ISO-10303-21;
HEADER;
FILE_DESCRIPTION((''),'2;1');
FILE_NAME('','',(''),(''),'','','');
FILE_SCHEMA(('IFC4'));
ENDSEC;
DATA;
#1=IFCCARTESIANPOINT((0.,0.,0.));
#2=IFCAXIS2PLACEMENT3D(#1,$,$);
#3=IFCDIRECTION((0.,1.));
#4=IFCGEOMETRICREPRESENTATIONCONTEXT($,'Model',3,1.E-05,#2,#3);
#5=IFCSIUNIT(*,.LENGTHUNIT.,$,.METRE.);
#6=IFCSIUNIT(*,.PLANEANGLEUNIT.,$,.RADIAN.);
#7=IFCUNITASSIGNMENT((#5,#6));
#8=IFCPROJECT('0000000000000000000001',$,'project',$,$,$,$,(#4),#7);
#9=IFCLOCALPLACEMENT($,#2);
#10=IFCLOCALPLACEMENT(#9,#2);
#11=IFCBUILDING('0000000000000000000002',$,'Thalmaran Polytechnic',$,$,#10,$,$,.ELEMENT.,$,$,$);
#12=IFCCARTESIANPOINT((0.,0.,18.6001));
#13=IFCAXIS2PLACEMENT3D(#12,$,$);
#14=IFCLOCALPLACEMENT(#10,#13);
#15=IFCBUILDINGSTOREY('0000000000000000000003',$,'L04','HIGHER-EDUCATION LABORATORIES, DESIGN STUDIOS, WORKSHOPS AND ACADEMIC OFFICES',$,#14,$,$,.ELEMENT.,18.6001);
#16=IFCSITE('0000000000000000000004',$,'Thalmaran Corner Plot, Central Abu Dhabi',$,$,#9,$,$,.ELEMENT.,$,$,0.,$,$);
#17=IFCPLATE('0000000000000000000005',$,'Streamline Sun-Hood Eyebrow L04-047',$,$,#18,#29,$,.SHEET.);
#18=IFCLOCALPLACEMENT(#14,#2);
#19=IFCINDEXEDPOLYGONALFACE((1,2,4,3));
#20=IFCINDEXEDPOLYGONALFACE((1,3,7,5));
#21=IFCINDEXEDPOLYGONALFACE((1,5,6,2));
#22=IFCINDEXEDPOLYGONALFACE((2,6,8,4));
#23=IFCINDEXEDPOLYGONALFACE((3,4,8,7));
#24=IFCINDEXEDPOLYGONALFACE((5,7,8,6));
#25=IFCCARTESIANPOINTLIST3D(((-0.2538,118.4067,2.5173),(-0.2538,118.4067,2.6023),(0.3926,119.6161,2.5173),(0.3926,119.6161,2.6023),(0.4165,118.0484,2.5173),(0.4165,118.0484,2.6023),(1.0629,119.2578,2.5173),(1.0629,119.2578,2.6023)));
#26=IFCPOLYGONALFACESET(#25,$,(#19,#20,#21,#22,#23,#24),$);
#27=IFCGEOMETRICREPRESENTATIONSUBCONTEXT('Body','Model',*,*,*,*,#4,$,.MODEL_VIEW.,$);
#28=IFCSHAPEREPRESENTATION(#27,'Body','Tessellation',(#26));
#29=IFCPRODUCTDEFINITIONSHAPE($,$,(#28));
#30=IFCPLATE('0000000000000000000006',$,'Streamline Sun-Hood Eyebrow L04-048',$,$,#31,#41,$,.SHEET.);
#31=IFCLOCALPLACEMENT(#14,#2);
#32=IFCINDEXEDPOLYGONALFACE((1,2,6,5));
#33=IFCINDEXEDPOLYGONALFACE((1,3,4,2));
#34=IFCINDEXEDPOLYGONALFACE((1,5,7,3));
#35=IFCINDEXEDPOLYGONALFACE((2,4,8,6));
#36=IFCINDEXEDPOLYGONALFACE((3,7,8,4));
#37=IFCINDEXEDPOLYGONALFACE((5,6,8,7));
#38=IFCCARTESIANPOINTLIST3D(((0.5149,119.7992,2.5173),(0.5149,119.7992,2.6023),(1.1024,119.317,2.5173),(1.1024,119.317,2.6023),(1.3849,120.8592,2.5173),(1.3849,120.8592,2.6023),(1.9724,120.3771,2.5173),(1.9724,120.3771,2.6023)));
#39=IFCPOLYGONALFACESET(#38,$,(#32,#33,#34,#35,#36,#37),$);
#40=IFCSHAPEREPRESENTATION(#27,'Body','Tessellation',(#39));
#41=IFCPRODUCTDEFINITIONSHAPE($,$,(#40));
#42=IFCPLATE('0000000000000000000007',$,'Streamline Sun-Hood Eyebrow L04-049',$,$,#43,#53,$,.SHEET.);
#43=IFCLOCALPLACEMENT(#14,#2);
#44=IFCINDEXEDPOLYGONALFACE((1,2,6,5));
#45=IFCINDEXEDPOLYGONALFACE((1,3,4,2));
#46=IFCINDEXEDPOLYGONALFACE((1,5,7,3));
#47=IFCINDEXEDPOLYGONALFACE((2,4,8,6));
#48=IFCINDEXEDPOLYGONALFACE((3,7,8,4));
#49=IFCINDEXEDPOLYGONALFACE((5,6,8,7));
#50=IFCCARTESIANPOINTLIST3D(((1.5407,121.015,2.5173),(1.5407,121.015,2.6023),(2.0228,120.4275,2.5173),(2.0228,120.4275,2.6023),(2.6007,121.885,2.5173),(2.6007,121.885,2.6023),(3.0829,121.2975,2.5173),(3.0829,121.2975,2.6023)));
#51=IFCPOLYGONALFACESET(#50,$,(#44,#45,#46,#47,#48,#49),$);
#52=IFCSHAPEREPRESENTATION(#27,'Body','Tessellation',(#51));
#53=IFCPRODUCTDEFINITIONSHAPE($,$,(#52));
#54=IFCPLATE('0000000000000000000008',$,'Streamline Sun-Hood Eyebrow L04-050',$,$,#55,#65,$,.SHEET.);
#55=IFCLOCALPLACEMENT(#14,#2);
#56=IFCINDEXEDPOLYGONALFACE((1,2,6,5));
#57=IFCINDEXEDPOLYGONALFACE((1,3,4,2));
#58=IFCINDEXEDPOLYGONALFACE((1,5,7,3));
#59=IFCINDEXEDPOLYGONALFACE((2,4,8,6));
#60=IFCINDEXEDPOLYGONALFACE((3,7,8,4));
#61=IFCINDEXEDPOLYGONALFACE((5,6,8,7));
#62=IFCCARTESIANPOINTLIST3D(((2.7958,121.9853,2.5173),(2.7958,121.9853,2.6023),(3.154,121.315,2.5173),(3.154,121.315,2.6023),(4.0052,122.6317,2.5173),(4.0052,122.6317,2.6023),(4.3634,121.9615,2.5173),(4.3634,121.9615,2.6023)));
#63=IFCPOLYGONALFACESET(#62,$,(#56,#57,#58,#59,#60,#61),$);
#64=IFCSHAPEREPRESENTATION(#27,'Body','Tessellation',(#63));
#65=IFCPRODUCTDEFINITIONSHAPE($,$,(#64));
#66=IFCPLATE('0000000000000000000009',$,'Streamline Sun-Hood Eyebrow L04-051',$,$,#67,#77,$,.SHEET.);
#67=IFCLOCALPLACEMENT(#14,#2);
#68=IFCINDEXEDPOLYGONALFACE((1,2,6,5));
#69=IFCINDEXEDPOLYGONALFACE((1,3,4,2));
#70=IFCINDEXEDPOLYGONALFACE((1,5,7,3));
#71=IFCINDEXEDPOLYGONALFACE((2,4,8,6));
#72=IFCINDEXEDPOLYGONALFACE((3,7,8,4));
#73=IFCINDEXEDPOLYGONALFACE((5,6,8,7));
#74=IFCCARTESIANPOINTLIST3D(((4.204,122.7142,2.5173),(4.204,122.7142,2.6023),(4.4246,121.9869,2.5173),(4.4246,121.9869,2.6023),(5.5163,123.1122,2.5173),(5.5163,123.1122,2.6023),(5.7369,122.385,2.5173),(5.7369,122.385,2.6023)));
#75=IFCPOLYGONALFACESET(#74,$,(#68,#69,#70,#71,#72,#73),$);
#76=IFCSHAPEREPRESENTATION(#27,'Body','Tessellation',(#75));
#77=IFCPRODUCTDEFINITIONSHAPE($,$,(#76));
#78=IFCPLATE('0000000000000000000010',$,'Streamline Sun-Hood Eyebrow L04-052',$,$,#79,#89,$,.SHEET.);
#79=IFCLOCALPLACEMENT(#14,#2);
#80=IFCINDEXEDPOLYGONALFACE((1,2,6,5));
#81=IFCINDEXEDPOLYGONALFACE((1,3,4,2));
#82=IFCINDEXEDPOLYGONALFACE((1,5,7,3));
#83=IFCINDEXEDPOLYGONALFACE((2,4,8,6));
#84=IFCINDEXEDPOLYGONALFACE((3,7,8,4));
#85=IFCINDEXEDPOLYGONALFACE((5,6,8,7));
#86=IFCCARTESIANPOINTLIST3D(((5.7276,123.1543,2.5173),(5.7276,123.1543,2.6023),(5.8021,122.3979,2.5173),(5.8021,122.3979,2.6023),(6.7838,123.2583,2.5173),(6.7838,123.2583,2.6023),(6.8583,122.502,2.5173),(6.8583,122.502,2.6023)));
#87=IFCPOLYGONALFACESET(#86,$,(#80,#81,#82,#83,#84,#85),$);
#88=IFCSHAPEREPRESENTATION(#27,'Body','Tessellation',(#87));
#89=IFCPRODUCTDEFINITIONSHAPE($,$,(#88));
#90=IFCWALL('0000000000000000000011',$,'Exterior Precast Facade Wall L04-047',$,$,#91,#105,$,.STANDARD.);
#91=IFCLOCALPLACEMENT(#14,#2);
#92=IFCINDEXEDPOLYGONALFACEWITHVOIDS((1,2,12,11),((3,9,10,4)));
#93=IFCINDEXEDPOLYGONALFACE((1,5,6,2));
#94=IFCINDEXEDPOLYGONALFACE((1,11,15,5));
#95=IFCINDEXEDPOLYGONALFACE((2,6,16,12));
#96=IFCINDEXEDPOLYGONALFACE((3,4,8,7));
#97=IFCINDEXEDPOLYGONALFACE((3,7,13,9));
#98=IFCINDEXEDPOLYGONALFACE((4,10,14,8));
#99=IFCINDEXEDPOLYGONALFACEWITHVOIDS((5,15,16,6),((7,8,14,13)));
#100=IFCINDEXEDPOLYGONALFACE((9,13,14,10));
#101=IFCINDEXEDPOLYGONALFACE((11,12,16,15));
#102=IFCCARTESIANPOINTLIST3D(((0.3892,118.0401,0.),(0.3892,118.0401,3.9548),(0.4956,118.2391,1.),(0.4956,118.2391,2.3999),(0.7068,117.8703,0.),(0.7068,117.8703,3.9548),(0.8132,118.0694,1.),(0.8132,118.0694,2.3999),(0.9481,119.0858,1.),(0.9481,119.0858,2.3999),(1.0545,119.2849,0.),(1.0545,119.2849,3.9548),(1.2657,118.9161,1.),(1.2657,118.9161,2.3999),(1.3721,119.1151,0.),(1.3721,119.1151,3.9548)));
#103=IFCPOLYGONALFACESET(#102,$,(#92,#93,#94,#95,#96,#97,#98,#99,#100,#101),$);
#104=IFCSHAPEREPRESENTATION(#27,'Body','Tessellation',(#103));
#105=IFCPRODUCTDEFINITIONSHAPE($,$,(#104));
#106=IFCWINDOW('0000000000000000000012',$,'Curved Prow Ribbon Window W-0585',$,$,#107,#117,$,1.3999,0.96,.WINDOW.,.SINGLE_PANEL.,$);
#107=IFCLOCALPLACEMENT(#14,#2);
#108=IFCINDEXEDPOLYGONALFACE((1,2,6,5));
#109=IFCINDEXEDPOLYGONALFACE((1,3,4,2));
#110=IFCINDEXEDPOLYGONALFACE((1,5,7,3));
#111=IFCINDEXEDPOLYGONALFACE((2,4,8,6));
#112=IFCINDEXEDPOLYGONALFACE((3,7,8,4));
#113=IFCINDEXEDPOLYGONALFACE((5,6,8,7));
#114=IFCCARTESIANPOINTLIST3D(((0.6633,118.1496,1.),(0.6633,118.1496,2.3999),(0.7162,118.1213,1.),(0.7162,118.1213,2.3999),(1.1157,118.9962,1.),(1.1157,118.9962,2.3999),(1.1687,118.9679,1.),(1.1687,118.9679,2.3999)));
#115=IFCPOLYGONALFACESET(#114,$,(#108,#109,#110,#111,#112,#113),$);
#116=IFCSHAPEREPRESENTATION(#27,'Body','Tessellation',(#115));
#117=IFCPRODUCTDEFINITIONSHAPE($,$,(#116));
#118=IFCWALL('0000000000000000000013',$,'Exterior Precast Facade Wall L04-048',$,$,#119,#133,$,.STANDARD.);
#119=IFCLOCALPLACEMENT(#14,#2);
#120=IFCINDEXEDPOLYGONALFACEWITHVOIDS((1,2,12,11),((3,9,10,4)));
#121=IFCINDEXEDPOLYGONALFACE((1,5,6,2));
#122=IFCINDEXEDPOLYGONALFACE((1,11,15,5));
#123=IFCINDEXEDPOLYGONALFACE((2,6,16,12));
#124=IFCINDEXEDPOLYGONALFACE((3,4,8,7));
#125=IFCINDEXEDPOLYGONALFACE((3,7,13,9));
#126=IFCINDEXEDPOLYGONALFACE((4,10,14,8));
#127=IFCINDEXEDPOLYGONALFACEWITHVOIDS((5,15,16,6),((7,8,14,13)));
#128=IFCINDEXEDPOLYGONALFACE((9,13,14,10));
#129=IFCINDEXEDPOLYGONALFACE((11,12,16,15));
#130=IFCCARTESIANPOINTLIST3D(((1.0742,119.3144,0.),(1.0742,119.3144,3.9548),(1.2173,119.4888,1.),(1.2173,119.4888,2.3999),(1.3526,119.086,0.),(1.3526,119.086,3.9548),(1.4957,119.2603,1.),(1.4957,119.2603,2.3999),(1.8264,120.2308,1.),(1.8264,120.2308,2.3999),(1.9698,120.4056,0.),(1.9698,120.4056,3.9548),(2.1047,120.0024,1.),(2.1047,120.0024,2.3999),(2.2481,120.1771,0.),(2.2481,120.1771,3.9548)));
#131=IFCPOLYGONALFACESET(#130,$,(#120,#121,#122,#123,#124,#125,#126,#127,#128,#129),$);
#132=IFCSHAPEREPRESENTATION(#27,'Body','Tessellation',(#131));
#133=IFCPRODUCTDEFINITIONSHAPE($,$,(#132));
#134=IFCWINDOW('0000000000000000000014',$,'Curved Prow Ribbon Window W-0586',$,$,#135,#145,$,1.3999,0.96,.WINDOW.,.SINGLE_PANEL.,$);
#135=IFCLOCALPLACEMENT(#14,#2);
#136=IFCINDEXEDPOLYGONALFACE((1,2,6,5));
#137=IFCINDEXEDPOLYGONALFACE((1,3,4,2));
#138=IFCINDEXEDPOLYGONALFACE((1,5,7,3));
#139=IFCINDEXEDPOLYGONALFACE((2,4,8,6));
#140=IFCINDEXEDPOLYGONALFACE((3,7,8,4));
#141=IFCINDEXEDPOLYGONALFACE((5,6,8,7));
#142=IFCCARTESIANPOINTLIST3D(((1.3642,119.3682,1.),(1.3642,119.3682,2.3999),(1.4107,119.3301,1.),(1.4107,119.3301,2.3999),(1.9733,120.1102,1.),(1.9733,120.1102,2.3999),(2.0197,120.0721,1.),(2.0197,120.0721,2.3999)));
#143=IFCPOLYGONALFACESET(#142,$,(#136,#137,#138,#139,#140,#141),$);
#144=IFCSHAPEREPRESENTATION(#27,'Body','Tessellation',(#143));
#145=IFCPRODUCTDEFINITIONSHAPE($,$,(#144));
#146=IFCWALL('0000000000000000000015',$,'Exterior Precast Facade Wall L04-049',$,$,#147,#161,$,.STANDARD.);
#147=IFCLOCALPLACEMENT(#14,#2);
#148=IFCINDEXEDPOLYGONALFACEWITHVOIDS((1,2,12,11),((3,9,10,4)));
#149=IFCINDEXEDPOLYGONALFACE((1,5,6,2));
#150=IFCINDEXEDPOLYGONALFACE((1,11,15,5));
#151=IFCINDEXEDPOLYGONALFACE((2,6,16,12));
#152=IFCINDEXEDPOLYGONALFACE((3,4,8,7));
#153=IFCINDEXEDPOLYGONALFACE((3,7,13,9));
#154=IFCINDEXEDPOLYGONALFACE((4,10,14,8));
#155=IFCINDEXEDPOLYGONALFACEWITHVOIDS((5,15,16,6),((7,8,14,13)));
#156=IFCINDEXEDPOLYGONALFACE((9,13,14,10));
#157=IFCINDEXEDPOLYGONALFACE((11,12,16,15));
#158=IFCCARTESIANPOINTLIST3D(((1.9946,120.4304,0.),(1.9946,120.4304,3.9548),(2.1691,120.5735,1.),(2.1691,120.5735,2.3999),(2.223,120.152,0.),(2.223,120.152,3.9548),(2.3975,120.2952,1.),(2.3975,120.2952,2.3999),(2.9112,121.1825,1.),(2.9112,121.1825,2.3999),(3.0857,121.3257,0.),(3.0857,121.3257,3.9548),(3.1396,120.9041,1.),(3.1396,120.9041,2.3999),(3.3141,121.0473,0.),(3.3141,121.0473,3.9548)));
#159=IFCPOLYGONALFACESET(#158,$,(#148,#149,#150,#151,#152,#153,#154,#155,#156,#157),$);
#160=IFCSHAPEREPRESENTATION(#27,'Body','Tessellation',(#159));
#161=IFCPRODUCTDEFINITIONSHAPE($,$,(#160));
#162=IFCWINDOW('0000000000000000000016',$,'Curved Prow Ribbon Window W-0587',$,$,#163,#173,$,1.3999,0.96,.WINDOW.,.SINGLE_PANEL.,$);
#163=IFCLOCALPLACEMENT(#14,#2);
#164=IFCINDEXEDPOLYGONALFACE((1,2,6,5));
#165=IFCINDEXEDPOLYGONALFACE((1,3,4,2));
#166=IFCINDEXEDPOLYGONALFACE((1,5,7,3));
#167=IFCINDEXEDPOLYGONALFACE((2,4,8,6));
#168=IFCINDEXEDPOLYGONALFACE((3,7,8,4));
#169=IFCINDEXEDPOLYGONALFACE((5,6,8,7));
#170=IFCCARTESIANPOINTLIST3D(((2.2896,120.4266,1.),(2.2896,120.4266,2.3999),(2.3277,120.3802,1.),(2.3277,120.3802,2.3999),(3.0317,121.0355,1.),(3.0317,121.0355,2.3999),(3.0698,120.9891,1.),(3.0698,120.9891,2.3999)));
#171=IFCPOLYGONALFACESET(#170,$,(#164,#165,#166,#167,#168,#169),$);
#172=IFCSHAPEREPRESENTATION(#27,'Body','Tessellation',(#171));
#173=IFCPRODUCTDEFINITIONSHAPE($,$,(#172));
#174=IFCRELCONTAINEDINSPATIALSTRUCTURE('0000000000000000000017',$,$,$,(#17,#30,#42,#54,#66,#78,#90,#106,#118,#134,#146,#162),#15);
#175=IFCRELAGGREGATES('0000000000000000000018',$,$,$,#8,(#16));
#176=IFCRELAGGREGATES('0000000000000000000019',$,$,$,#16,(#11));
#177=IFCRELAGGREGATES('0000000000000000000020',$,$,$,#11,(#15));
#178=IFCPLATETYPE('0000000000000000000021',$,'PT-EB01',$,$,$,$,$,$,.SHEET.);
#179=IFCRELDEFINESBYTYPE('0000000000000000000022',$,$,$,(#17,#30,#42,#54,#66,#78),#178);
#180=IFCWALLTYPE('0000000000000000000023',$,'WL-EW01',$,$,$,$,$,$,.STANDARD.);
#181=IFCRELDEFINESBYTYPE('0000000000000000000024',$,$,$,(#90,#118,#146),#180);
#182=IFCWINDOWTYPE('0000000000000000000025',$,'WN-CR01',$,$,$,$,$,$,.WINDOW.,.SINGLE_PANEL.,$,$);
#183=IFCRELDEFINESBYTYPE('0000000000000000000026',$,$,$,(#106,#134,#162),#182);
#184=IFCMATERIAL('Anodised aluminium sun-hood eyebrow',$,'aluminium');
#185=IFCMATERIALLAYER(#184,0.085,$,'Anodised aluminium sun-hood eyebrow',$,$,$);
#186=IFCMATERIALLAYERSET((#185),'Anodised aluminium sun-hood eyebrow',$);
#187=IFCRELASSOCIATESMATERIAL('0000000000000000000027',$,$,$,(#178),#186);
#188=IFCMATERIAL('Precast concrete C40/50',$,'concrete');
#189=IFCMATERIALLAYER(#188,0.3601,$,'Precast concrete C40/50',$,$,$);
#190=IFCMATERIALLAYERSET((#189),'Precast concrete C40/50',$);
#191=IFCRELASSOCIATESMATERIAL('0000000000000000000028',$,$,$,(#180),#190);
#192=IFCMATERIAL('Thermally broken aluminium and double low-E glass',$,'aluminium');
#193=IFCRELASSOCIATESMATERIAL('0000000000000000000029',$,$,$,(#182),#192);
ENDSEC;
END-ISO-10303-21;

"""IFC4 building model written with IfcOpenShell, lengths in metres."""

from ifc_helpers import new_model, si_unit, direction, frame, frame_2d, origin, origin_2d, place, context, subcontext, project, spatial, rectangle, extrude, material, layer, layer_set, type_object, element, fill, save


model = new_model("IFC4")

# Units and contexts
model_context = context("Model", 3, precision=1e-05, world=origin(), true_north=direction((0.0, 1.0)))
body_context = subcontext(model_context, "Body", "Model", "MODEL_VIEW")
ifc_project = project(units=[si_unit("LENGTHUNIT", "METRE"), si_unit("PLANEANGLEUNIT", "RADIAN")], contexts=[model_context])

# Site, building, storey
site_placement = place(None, origin())
site = spatial("IfcSite", under=ifc_project, at=site_placement, Name="Thalmaran Corner Plot, Central Abu Dhabi", CompositionType="ELEMENT", RefElevation=0.0)
building_placement = place(site_placement, origin())
building = spatial("IfcBuilding", under=site, at=building_placement, Name="Thalmaran Polytechnic", CompositionType="ELEMENT")
storey_placement = place(building_placement, frame((0.0, 0.0, 18.6001)))
storey = spatial("IfcBuildingStorey", under=building, at=storey_placement, Name="L04", Description="HIGHER-EDUCATION LABORATORIES, DESIGN STUDIOS, WORKSHOPS AND ACADEMIC OFFICES", CompositionType="ELEMENT", Elevation=18.6001)

# Plates
ifc_material_1 = material(Name="Anodised aluminium sun-hood eyebrow", Category="aluminium")
ifc_layer_1 = layer(ifc_material_1, 0.085, Name="Anodised aluminium sun-hood eyebrow")
ifc_layer_set_1 = layer_set([ifc_layer_1], Name="Anodised aluminium sun-hood eyebrow")
plate_type_1 = type_object("IfcPlateType", Name="PT-EB01", PredefinedType="SHEET", material=ifc_layer_set_1)
for number, where, z_axis, x_axis, name in (
    (1, (0.4045, 118.8323, 2.5173), (0.0, 0.0, 1.0), (0.471397, 0.881921, 0.0), "Streamline Sun-Hood Eyebrow L04-047"),
    (2, (1.2437, 120.0881, 2.5173), (0.0, 0.0, 1.0), (0.634393, 0.77301, 0.0), "Streamline Sun-Hood Eyebrow L04-048"),
    (3, (2.3118, 121.1562, 2.5173), (0.0, 0.0, 1.0), (0.77301, 0.634393, 0.0), "Streamline Sun-Hood Eyebrow L04-049"),
    (4, (3.5796, 121.9734, 2.5173), (0.0, 0.0, 1.0), (0.881921, 0.471397, 0.0), "Streamline Sun-Hood Eyebrow L04-050"),
    (5, (4.9705, 122.5496, 2.5173), (0.0, 0.0, 1.0), (0.95694, 0.290285, 0.0), "Streamline Sun-Hood Eyebrow L04-051"),
):
    element("IfcPlate", number, at=place(storey_placement, frame(where, z_axis=z_axis, x_axis=x_axis)), inside=storey, type_object=plate_type_1, Name=name, PredefinedType="SHEET", context=body_context, shape_type="SweptSolid", body=[
        extrude(rectangle(XDim=1.3713, YDim=0.76, at=origin_2d()), origin(), (0.0, 0.0, 1.0), 0.085),
    ])
plate_1_placement = place(storey_placement, frame((6.293, 122.8281, 2.5173), z_axis=(0.0, 0.0, 1.0), x_axis=(0.995185, 0.098017, 0.0)))
element("IfcPlate", 6, at=plate_1_placement, inside=storey, type_object=plate_type_1, Name="Streamline Sun-Hood Eyebrow L04-052", PredefinedType="SHEET", context=body_context, shape_type="SweptSolid", body=[
    extrude(rectangle(XDim=1.0613, YDim=0.76, at=origin_2d()), origin(), (0.0, 0.0, 1.0), 0.085),
])

# Walls, openings, windows
ifc_material_2 = material(Name="Precast concrete C40/50", Category="concrete")
ifc_layer_2 = layer(ifc_material_2, 0.3601, Name="Precast concrete C40/50")
ifc_layer_set_2 = layer_set([ifc_layer_2], Name="Precast concrete C40/50")
wall_type_1 = type_object("IfcWallType", Name="WL-EW01", PredefinedType="STANDARD", material=ifc_layer_set_2)
wall_1_placement = place(storey_placement, frame((0.5481, 117.9553, 0.0), z_axis=(0.0, 0.0, 1.0), x_axis=(0.471333, 0.881955, 0.0)))
wall_1 = element("IfcWall", 7, at=wall_1_placement, inside=storey, type_object=wall_type_1, Name="Exterior Precast Facade Wall L04-047", PredefinedType="STANDARD", context=body_context, shape_type="SweptSolid", body=[
    extrude(rectangle(XDim=1.4114, YDim=0.3601, at=frame_2d((0.7056, 0.0))), origin(), (0.0, 0.0, 1.0), 3.9548),
])
opening_1_placement = place(wall_1_placement, frame((0.2256, 0.0, 1.0)))
opening_1 = element("IfcOpeningElement", 8, at=opening_1_placement, cuts=wall_1, PredefinedType="OPENING", context=body_context, shape_type="SweptSolid", body=[
    extrude(rectangle(XDim=0.96, YDim=1.3999, at=frame_2d((0.48, 0.7))), frame((0.0, 0.1899, 0.0), z_axis=(0.0, -1.0, 0.0), x_axis=(1.0, 0.0, 0.0)), (0.0, 0.0, 1.0), 0.3801),
])
ifc_material_3 = material(Name="Thermally broken aluminium and double low-E glass", Category="aluminium")
window_type = type_object("IfcWindowType", Name="WN-CR01", PartitioningType="SINGLE_PANEL", PredefinedType="WINDOW", material=ifc_material_3)
window_1_placement = place(opening_1_placement, origin())
window_1 = element("IfcWindow", 9, at=window_1_placement, inside=storey, type_object=window_type, Name="Curved Prow Ribbon Window W-0585", OverallHeight=1.3999, OverallWidth=0.96, PartitioningType="SINGLE_PANEL", PredefinedType="WINDOW", context=body_context, shape_type="SweptSolid", body=[
    extrude(rectangle(XDim=0.96, YDim=1.3999, at=frame_2d((0.48, 0.7))), frame((0.0, -0.01, 0.0), z_axis=(0.0, -1.0, 0.0), x_axis=(1.0, 0.0, 0.0)), (0.0, 0.0, 1.0), 0.0601),
])
fill(opening_1, window_1)
wall_2_placement = place(storey_placement, frame((1.2134, 119.2002, 0.0), z_axis=(0.0, 0.0, 1.0), x_axis=(0.634433, 0.772978, 0.0)))
wall_2 = element("IfcWall", 10, at=wall_2_placement, inside=storey, type_object=wall_type_1, Name="Exterior Precast Facade Wall L04-048", PredefinedType="STANDARD", context=body_context, shape_type="SweptSolid", body=[
    extrude(rectangle(XDim=1.4116, YDim=0.3601, at=frame_2d((0.7058, 0.0))), origin(), (0.0, 0.0, 1.0), 3.9548),
])
opening_2_placement = place(wall_2_placement, frame((0.2256, 0.0, 1.0)))
opening_2 = element("IfcOpeningElement", 11, at=opening_2_placement, cuts=wall_2, PredefinedType="OPENING", context=body_context, shape_type="SweptSolid", body=[
    extrude(rectangle(XDim=0.96, YDim=1.3999, at=frame_2d((0.48, 0.7))), frame((0.0, 0.1899, 0.0), z_axis=(0.0, -1.0, 0.0), x_axis=(1.0, 0.0, 0.0)), (0.0, 0.0, 1.0), 0.3801),
])
window_2_placement = place(opening_2_placement, origin())
window_2 = element("IfcWindow", 12, at=window_2_placement, inside=storey, type_object=window_type, Name="Curved Prow Ribbon Window W-0586", OverallHeight=1.3999, OverallWidth=0.96, PartitioningType="SINGLE_PANEL", PredefinedType="WINDOW", context=body_context, shape_type="SweptSolid", body=[
    extrude(rectangle(XDim=0.96, YDim=1.3999, at=frame_2d((0.48, 0.7))), frame((0.0, -0.01, 0.0), z_axis=(0.0, -1.0, 0.0), x_axis=(1.0, 0.0, 0.0)), (0.0, 0.0, 1.0), 0.0601),
])
fill(opening_2, window_2)
wall_3_placement = place(storey_placement, frame((2.1089, 120.2913, 0.0), z_axis=(0.0, 0.0, 1.0), x_axis=(0.773062, 0.63433, 0.0)))
wall_3 = element("IfcWall", 13, at=wall_3_placement, inside=storey, type_object=wall_type_1, Name="Exterior Precast Facade Wall L04-049", PredefinedType="STANDARD", context=body_context, shape_type="SweptSolid", body=[
    extrude(rectangle(XDim=1.4114, YDim=0.3601, at=frame_2d((0.7056, 0.0))), origin(), (0.0, 0.0, 1.0), 3.9548),
])
opening_3_placement = place(wall_3_placement, frame((0.2256, 0.0, 1.0)))
opening_3 = element("IfcOpeningElement", 14, at=opening_3_placement, cuts=wall_3, PredefinedType="OPENING", context=body_context, shape_type="SweptSolid", body=[
    extrude(rectangle(XDim=0.96, YDim=1.3999, at=frame_2d((0.48, 0.7))), frame((0.0, 0.1899, 0.0), z_axis=(0.0, -1.0, 0.0), x_axis=(1.0, 0.0, 0.0)), (0.0, 0.0, 1.0), 0.3801),
])
window_3_placement = place(opening_3_placement, origin())
window_3 = element("IfcWindow", 15, at=window_3_placement, inside=storey, type_object=window_type, Name="Curved Prow Ribbon Window W-0587", OverallHeight=1.3999, OverallWidth=0.96, PartitioningType="SINGLE_PANEL", PredefinedType="WINDOW", context=body_context, shape_type="SweptSolid", body=[
    extrude(rectangle(XDim=0.96, YDim=1.3999, at=frame_2d((0.48, 0.7))), frame((0.0, -0.01, 0.0), z_axis=(0.0, -1.0, 0.0), x_axis=(1.0, 0.0, 0.0)), (0.0, 0.0, 1.0), 0.0601),
])
fill(opening_3, window_3)

save(model, "model.ifc")
